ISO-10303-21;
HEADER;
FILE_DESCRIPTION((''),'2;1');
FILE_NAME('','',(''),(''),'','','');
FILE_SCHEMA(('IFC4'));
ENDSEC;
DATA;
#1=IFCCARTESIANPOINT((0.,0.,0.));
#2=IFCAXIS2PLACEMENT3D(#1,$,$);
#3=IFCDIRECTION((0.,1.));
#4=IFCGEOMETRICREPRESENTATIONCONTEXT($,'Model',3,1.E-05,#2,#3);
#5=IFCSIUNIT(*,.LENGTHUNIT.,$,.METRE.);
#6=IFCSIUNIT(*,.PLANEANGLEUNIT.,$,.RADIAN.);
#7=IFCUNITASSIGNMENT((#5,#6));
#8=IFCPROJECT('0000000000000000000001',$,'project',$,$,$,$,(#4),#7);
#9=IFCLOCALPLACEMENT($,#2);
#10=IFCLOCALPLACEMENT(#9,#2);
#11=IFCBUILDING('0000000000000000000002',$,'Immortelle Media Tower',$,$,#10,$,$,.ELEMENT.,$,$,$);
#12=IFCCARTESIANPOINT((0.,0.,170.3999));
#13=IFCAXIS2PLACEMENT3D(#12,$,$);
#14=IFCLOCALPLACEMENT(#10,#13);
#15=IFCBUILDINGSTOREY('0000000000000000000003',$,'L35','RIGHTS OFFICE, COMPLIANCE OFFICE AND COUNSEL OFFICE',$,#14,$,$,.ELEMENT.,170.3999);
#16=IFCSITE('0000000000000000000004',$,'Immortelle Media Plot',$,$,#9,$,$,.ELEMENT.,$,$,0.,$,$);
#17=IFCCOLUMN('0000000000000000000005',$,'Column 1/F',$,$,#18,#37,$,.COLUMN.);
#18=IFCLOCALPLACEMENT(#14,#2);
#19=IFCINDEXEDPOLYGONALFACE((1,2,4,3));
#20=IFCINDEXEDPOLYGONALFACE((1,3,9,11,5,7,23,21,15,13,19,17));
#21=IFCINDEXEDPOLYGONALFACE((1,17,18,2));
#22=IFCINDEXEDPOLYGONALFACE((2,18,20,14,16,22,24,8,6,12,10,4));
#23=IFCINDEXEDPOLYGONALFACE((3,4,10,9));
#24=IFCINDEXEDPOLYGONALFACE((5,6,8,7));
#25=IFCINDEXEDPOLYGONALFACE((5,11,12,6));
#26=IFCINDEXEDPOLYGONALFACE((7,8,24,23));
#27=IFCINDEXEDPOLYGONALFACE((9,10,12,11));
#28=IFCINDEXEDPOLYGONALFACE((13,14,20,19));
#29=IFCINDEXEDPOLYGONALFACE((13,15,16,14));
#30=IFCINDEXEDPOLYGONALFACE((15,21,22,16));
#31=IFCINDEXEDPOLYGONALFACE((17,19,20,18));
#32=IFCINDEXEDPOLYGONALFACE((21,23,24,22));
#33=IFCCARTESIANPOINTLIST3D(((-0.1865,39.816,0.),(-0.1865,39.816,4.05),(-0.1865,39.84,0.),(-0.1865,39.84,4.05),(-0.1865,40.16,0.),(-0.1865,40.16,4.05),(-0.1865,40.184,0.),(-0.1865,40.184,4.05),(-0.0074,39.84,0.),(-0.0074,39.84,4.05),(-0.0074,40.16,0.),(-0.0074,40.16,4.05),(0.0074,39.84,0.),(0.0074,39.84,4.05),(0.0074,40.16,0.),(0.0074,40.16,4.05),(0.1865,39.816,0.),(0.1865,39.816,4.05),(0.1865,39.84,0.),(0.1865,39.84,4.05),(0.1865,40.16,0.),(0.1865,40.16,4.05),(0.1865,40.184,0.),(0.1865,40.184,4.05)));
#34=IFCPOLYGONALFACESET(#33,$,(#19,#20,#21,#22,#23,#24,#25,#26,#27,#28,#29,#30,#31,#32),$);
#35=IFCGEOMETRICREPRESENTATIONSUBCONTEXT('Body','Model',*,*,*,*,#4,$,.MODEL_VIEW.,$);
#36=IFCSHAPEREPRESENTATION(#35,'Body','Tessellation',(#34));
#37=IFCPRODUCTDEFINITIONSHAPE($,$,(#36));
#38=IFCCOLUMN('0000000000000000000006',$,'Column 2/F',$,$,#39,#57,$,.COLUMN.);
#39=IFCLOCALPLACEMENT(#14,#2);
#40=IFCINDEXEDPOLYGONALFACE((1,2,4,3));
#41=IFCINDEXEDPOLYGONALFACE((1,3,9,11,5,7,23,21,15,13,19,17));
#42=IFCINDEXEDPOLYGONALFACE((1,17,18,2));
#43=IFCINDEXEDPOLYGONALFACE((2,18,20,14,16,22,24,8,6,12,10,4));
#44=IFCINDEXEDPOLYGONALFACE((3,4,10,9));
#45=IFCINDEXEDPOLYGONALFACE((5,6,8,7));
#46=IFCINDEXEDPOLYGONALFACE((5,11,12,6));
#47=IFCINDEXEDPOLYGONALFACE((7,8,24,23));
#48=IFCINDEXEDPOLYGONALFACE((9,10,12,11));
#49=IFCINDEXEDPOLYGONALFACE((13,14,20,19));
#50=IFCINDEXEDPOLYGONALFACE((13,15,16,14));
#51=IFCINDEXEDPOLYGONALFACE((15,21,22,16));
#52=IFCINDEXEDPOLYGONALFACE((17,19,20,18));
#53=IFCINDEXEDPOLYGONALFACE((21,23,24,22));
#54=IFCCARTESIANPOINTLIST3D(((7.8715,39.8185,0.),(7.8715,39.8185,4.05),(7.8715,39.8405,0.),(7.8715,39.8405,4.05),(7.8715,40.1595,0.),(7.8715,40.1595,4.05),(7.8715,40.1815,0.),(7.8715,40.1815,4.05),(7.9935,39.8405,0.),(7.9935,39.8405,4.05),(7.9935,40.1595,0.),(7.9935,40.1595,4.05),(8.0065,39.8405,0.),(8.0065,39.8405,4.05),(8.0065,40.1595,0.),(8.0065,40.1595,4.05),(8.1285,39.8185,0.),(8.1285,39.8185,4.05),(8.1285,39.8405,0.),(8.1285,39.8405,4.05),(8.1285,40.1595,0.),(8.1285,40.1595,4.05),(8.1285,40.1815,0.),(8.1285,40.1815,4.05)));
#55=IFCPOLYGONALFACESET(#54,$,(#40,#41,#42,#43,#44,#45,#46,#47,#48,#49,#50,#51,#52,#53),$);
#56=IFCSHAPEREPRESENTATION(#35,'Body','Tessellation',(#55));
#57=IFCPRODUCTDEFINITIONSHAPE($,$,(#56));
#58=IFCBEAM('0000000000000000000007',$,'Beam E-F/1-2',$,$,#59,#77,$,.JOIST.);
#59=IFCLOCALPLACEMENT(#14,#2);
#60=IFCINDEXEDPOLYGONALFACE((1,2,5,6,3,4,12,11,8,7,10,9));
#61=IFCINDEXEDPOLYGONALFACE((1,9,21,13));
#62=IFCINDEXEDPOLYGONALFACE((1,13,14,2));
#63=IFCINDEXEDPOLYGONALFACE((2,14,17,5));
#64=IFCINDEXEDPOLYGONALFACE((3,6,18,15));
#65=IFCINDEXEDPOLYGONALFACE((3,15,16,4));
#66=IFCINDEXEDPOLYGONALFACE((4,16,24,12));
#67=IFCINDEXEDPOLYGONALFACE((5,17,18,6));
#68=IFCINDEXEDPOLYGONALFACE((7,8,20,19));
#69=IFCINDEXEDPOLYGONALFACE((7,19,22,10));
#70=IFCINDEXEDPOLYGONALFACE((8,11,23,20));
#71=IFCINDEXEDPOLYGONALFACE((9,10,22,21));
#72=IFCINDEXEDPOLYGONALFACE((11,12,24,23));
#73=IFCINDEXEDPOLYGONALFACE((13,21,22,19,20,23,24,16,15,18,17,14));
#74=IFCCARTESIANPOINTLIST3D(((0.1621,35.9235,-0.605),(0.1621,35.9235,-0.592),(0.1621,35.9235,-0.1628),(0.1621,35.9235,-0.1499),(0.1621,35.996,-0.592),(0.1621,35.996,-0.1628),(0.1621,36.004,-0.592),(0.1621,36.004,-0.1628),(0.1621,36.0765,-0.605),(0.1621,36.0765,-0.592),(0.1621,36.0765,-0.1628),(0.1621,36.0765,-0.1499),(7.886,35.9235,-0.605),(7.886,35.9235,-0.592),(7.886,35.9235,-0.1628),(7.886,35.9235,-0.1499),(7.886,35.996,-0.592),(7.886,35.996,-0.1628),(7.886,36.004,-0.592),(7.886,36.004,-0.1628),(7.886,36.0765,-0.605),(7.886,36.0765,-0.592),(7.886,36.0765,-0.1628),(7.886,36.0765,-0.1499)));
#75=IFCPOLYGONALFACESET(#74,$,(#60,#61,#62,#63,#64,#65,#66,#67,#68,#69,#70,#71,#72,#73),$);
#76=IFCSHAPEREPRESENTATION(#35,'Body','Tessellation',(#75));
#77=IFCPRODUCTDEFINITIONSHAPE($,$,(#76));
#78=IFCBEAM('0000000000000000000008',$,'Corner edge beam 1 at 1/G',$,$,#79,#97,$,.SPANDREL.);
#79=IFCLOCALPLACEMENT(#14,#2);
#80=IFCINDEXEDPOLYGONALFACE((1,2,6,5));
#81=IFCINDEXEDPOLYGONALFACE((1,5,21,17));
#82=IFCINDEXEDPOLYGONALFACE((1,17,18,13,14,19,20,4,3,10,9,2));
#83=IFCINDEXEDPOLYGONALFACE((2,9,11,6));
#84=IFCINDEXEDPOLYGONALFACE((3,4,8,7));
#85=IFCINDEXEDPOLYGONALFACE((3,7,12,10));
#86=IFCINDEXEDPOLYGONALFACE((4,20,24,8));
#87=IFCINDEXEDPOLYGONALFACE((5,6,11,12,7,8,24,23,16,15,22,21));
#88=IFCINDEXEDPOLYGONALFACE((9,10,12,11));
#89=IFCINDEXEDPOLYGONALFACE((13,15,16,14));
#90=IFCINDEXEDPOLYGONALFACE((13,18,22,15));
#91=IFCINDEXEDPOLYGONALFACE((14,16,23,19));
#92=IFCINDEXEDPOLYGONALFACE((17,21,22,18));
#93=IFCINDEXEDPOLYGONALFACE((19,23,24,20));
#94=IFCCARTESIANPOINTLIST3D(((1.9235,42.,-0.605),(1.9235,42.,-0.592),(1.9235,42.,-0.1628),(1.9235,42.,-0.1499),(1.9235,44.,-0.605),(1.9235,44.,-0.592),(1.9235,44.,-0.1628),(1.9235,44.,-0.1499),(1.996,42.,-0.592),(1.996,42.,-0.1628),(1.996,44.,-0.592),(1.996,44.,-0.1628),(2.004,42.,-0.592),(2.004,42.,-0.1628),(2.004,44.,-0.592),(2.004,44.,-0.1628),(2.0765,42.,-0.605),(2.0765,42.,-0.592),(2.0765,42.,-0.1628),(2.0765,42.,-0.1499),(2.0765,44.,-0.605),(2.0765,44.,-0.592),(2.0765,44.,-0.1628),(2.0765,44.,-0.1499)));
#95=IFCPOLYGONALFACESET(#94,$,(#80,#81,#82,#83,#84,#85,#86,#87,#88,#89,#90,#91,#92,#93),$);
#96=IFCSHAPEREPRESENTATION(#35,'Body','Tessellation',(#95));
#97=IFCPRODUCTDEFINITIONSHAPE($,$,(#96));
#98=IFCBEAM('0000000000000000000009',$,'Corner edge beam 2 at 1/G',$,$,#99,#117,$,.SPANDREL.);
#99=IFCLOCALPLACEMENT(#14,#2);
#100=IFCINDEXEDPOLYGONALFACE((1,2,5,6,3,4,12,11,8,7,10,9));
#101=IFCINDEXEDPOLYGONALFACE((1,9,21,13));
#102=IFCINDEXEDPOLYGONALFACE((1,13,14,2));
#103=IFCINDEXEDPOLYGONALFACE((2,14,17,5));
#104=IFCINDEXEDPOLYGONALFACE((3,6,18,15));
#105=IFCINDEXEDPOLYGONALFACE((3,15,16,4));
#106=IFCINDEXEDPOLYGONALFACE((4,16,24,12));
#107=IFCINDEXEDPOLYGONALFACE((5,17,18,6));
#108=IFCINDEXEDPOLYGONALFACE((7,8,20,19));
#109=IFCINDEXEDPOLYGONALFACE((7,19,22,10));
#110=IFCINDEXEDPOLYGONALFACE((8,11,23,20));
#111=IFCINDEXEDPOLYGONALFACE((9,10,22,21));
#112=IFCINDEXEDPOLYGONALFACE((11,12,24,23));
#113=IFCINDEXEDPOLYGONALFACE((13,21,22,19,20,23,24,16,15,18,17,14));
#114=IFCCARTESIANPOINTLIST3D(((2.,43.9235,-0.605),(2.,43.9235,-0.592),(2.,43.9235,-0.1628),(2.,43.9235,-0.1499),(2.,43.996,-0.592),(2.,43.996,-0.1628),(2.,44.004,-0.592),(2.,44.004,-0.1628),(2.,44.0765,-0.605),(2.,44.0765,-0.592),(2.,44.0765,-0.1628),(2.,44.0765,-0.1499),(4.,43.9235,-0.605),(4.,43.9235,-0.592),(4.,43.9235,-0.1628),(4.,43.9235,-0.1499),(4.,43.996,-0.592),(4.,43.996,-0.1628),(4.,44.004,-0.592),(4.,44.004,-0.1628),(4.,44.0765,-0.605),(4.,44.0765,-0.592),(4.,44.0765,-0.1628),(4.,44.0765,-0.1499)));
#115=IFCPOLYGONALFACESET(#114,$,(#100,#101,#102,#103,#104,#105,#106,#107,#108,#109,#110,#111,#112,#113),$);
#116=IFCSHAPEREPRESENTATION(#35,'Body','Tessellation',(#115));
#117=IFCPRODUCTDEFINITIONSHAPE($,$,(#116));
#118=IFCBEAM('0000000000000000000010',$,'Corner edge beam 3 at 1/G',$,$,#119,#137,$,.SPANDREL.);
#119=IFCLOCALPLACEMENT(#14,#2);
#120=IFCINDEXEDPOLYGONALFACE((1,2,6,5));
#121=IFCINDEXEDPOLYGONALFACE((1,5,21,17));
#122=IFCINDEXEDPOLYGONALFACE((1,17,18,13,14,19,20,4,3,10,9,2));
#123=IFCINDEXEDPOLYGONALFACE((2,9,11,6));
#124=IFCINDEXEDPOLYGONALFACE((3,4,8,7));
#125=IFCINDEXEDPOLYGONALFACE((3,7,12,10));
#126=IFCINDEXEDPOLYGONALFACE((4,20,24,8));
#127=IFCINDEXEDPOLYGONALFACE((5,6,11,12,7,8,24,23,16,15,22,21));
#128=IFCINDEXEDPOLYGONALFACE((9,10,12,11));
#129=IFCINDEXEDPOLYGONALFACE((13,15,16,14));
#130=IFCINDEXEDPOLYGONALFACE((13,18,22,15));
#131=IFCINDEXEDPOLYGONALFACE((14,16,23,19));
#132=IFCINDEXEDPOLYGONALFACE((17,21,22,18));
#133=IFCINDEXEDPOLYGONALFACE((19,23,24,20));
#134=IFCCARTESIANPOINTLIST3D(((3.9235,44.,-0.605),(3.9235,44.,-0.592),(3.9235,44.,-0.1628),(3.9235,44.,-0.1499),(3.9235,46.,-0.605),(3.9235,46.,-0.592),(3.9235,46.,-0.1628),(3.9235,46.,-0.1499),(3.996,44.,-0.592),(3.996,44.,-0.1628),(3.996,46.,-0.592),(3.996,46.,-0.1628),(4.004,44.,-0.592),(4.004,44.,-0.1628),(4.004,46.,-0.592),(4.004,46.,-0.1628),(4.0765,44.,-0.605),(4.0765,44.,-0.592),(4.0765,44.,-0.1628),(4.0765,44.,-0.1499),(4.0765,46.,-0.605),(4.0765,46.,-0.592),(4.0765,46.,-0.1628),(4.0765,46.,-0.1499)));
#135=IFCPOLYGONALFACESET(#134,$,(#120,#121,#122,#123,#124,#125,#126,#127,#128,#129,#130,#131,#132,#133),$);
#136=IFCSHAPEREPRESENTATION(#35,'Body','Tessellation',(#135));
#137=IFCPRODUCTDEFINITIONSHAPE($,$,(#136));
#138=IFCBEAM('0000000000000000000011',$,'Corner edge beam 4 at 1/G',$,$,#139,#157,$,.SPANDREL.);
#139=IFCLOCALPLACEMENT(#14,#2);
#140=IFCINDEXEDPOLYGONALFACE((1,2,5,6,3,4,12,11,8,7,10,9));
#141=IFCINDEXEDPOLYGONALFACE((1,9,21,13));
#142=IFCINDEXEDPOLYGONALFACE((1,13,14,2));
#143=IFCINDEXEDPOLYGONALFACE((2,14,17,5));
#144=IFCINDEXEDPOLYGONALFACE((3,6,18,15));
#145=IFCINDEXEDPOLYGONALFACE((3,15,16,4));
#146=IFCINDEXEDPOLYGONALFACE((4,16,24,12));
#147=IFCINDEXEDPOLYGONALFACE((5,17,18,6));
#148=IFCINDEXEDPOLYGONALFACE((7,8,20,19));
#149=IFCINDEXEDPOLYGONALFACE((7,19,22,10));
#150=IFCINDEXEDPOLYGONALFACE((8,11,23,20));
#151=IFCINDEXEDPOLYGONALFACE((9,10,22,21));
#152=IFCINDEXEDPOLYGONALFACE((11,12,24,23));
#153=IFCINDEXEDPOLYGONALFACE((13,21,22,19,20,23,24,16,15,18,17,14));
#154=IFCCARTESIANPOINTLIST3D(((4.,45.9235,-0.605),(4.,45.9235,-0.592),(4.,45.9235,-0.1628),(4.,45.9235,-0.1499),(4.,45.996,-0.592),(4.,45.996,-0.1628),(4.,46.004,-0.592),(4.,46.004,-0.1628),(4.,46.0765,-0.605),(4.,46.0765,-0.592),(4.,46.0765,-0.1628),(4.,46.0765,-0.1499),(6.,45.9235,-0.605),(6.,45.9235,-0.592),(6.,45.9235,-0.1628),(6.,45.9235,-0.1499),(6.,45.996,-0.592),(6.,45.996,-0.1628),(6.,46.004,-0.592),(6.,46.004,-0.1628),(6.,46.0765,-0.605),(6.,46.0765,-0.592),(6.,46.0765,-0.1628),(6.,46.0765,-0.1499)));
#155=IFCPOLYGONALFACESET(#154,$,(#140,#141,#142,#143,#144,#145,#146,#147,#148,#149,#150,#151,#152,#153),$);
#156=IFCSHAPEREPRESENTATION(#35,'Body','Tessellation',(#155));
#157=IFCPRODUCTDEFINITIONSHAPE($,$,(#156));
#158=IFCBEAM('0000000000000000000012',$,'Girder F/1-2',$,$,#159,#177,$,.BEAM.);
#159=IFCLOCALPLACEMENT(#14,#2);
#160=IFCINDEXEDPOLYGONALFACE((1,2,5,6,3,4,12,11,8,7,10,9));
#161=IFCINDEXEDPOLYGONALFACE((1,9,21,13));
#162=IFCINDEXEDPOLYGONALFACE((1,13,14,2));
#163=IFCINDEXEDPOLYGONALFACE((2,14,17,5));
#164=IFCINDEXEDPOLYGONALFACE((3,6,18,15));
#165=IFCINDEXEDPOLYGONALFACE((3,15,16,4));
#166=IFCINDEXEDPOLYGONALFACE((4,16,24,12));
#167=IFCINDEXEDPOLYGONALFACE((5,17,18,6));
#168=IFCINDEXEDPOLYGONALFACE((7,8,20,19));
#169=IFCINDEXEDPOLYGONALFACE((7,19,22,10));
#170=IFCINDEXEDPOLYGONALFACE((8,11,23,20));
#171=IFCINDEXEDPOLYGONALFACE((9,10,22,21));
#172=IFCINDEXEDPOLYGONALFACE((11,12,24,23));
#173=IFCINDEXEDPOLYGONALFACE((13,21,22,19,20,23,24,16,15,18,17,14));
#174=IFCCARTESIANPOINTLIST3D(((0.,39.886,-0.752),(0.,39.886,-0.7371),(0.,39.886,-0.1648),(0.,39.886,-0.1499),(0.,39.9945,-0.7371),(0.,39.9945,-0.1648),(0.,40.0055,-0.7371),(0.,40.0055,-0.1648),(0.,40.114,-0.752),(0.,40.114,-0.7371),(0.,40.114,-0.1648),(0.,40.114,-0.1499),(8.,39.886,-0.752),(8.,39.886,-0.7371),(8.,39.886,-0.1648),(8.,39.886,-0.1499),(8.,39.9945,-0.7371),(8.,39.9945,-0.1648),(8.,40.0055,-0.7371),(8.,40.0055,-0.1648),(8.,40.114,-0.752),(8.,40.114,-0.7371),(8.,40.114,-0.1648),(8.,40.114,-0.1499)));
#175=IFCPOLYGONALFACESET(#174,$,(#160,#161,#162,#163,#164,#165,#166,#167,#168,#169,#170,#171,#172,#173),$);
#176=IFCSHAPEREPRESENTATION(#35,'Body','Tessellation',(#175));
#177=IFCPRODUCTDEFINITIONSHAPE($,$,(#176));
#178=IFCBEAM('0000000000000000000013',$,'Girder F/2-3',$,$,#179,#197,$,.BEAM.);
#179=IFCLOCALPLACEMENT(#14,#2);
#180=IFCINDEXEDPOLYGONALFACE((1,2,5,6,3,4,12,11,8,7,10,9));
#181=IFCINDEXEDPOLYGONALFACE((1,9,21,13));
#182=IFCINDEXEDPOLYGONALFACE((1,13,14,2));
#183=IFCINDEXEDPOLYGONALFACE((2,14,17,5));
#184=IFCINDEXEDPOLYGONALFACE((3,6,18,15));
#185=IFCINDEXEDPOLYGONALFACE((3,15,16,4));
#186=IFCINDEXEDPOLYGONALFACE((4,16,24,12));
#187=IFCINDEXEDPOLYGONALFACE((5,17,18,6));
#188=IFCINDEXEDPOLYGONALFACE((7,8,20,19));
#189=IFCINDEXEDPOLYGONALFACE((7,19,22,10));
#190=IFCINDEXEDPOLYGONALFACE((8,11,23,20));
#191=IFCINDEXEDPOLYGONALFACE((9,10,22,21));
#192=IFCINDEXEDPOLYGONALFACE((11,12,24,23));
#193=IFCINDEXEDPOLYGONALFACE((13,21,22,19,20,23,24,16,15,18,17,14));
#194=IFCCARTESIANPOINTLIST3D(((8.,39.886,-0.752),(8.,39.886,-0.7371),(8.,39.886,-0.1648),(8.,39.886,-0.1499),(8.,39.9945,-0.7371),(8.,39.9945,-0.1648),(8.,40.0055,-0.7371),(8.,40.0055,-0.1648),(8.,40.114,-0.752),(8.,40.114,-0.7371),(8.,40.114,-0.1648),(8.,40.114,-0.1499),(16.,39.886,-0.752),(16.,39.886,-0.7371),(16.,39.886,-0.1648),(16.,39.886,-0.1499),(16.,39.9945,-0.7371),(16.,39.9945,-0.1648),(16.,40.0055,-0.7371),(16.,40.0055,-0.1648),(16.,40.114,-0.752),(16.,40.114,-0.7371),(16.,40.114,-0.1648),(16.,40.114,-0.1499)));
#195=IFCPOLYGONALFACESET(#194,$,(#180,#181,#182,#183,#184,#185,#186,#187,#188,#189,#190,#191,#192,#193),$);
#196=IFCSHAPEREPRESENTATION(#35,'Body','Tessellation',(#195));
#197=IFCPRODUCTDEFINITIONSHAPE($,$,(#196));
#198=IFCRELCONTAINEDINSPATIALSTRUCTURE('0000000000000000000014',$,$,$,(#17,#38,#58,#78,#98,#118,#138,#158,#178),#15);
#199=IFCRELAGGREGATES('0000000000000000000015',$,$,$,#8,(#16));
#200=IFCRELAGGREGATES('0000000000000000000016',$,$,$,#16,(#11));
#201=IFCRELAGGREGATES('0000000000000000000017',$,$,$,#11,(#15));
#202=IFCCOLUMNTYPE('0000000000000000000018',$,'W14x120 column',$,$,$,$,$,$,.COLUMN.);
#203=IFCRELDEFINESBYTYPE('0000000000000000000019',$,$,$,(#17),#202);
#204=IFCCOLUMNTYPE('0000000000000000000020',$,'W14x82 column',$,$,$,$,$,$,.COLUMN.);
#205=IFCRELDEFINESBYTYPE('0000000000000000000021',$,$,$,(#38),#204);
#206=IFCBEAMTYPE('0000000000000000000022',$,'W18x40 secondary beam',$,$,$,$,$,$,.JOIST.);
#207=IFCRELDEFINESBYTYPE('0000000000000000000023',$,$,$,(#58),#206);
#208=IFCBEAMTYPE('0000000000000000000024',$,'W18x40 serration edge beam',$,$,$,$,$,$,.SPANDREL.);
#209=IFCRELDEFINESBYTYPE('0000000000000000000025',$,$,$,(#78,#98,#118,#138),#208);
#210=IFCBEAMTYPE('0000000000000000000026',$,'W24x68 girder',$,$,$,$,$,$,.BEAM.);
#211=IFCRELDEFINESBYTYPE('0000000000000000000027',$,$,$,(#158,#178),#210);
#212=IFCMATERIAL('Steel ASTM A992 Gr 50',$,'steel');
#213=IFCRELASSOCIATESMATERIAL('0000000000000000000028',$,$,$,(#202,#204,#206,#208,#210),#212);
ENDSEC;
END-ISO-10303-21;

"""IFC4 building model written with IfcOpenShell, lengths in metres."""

from ifc_helpers import new_model, si_unit, direction, frame, origin, origin_2d, place, context, subcontext, project, spatial, i_section, extrude, material, material_profile, profile_set, type_object, element, save


model = new_model("IFC4")

# Units and contexts
model_context = context("Model", 3, precision=1e-05, world=origin(), true_north=direction((0.0, 1.0)))
body_context = subcontext(model_context, "Body", "Model", "MODEL_VIEW")
ifc_project = project(units=[si_unit("LENGTHUNIT", "METRE"), si_unit("PLANEANGLEUNIT", "RADIAN")], contexts=[model_context])

# Site, building, storey
site_placement = place(None, origin())
site = spatial("IfcSite", under=ifc_project, at=site_placement, Name="Immortelle Media Plot", CompositionType="ELEMENT", RefElevation=0.0)
building_placement = place(site_placement, origin())
building = spatial("IfcBuilding", under=site, at=building_placement, Name="Immortelle Media Tower", CompositionType="ELEMENT")
storey_placement = place(building_placement, frame((0.0, 0.0, 170.3999)))
storey = spatial("IfcBuildingStorey", under=building, at=storey_placement, Name="L35", Description="RIGHTS OFFICE, COMPLIANCE OFFICE AND COUNSEL OFFICE", CompositionType="ELEMENT", Elevation=170.3999)

# Columns
ifc_material_1 = material(Name="Steel ASTM A992 Gr 50", Category="steel")
ifc_material_profile_1 = material_profile(ifc_material_1, i_section(OverallWidth=0.373, OverallDepth=0.3679, WebThickness=0.0149, FlangeThickness=0.0239, at=origin_2d()), Name="W14x120")
ifc_profile_set_1 = profile_set([ifc_material_profile_1], Name="Steel ASTM A992 Gr 50")
column_type_1 = type_object("IfcColumnType", Name="W14x120 column", PredefinedType="COLUMN", material=ifc_profile_set_1)
column_1_placement = place(storey_placement, frame((0.0, 40.0, 0.0), z_axis=(0.0, 0.0, 1.0), x_axis=(1.0, 0.0, 0.0)))
element("IfcColumn", 1, at=column_1_placement, inside=storey, type_object=column_type_1, Name="Column 1/F", PredefinedType="COLUMN", context=body_context, shape_type="SweptSolid", body=[
    extrude(i_section(OverallWidth=0.373, OverallDepth=0.3679, WebThickness=0.0149, FlangeThickness=0.0239, at=origin_2d()), origin(), (0.0, 0.0, 1.0), 4.05),
])
ifc_material_profile_2 = material_profile(ifc_material_1, i_section(OverallWidth=0.2571, OverallDepth=0.363, WebThickness=0.0129, FlangeThickness=0.022, at=origin_2d()), Name="W14x82")
ifc_profile_set_2 = profile_set([ifc_material_profile_2], Name="Steel ASTM A992 Gr 50")
column_type_2 = type_object("IfcColumnType", Name="W14x82 column", PredefinedType="COLUMN", material=ifc_profile_set_2)
column_2_placement = place(storey_placement, frame((8.0, 40.0, 0.0), z_axis=(0.0, 0.0, 1.0), x_axis=(1.0, 0.0, 0.0)))
element("IfcColumn", 2, at=column_2_placement, inside=storey, type_object=column_type_2, Name="Column 2/F", PredefinedType="COLUMN", context=body_context, shape_type="SweptSolid", body=[
    extrude(i_section(OverallWidth=0.2571, OverallDepth=0.363, WebThickness=0.0129, FlangeThickness=0.022, at=origin_2d()), origin(), (0.0, 0.0, 1.0), 4.05),
])

# Beams
ifc_material_profile_3 = material_profile(ifc_material_1, i_section(OverallWidth=0.1531, OverallDepth=0.4551, WebThickness=0.0081, FlangeThickness=0.0129, at=origin_2d()), Name="W18x40")
ifc_profile_set_3 = profile_set([ifc_material_profile_3], Name="Steel ASTM A992 Gr 50")
beam_type_1 = type_object("IfcBeamType", Name="W18x40 secondary beam", PredefinedType="JOIST", material=ifc_profile_set_3)
beam_1_placement = place(storey_placement, frame((0.1621, 36.0, -0.3774), z_axis=(1.0, 0.0, 0.0), x_axis=(0.0, 1.0, 0.0)))
element("IfcBeam", 3, at=beam_1_placement, inside=storey, type_object=beam_type_1, Name="Beam E-F/1-2", PredefinedType="JOIST", context=body_context, shape_type="SweptSolid", body=[
    extrude(i_section(OverallWidth=0.1531, OverallDepth=0.4551, WebThickness=0.0081, FlangeThickness=0.0129, at=origin_2d()), origin(), (0.0, 0.0, 1.0), 7.7239),
])
ifc_material_profile_4 = material_profile(ifc_material_1, i_section(OverallWidth=0.1531, OverallDepth=0.4551, WebThickness=0.0081, FlangeThickness=0.0129, at=origin_2d()), Name="W18x40")
ifc_profile_set_4 = profile_set([ifc_material_profile_4], Name="Steel ASTM A992 Gr 50")
beam_type_2 = type_object("IfcBeamType", Name="W18x40 serration edge beam", PredefinedType="SPANDREL", material=ifc_profile_set_4)
for number, where, z_axis, x_axis, name in (
    (4, (2.0, 42.0, -0.3774), (0.0, 1.0, 0.0), (-1.0, 0.0, 0.0), "Corner edge beam 1 at 1/G"),
    (5, (2.0, 44.0, -0.3774), (1.0, 0.0, 0.0), (0.0, 1.0, 0.0), "Corner edge beam 2 at 1/G"),
    (6, (4.0, 44.0, -0.3774), (0.0, 1.0, 0.0), (-1.0, 0.0, 0.0), "Corner edge beam 3 at 1/G"),
    (7, (4.0, 46.0, -0.3774), (1.0, 0.0, 0.0), (0.0, 1.0, 0.0), "Corner edge beam 4 at 1/G"),
):
    element("IfcBeam", number, at=place(storey_placement, frame(where, z_axis=z_axis, x_axis=x_axis)), inside=storey, type_object=beam_type_2, Name=name, PredefinedType="SPANDREL", context=body_context, shape_type="SweptSolid", body=[
        extrude(i_section(OverallWidth=0.1531, OverallDepth=0.4551, WebThickness=0.0081, FlangeThickness=0.0129, at=origin_2d()), origin(), (0.0, 0.0, 1.0), 2.0),
    ])
ifc_material_profile_5 = material_profile(ifc_material_1, i_section(OverallWidth=0.228, OverallDepth=0.6021, WebThickness=0.011, FlangeThickness=0.0149, at=origin_2d()), Name="W24x68")
ifc_profile_set_5 = profile_set([ifc_material_profile_5], Name="Steel ASTM A992 Gr 50")
beam_type_3 = type_object("IfcBeamType", Name="W24x68 girder", PredefinedType="BEAM", material=ifc_profile_set_5)
for number, where, z_axis, x_axis, name in (
    (8, (0.0, 40.0, -0.4509), (1.0, 0.0, 0.0), (0.0, 1.0, 0.0), "Girder F/1-2"),
    (9, (8.0, 40.0, -0.4509), (1.0, 0.0, 0.0), (0.0, 1.0, 0.0), "Girder F/2-3"),
):
    element("IfcBeam", number, at=place(storey_placement, frame(where, z_axis=z_axis, x_axis=x_axis)), inside=storey, type_object=beam_type_3, Name=name, PredefinedType="BEAM", context=body_context, shape_type="SweptSolid", body=[
        extrude(i_section(OverallWidth=0.228, OverallDepth=0.6021, WebThickness=0.011, FlangeThickness=0.0149, at=origin_2d()), origin(), (0.0, 0.0, 1.0), 8.0),
    ])

save(model, "model.ifc")
